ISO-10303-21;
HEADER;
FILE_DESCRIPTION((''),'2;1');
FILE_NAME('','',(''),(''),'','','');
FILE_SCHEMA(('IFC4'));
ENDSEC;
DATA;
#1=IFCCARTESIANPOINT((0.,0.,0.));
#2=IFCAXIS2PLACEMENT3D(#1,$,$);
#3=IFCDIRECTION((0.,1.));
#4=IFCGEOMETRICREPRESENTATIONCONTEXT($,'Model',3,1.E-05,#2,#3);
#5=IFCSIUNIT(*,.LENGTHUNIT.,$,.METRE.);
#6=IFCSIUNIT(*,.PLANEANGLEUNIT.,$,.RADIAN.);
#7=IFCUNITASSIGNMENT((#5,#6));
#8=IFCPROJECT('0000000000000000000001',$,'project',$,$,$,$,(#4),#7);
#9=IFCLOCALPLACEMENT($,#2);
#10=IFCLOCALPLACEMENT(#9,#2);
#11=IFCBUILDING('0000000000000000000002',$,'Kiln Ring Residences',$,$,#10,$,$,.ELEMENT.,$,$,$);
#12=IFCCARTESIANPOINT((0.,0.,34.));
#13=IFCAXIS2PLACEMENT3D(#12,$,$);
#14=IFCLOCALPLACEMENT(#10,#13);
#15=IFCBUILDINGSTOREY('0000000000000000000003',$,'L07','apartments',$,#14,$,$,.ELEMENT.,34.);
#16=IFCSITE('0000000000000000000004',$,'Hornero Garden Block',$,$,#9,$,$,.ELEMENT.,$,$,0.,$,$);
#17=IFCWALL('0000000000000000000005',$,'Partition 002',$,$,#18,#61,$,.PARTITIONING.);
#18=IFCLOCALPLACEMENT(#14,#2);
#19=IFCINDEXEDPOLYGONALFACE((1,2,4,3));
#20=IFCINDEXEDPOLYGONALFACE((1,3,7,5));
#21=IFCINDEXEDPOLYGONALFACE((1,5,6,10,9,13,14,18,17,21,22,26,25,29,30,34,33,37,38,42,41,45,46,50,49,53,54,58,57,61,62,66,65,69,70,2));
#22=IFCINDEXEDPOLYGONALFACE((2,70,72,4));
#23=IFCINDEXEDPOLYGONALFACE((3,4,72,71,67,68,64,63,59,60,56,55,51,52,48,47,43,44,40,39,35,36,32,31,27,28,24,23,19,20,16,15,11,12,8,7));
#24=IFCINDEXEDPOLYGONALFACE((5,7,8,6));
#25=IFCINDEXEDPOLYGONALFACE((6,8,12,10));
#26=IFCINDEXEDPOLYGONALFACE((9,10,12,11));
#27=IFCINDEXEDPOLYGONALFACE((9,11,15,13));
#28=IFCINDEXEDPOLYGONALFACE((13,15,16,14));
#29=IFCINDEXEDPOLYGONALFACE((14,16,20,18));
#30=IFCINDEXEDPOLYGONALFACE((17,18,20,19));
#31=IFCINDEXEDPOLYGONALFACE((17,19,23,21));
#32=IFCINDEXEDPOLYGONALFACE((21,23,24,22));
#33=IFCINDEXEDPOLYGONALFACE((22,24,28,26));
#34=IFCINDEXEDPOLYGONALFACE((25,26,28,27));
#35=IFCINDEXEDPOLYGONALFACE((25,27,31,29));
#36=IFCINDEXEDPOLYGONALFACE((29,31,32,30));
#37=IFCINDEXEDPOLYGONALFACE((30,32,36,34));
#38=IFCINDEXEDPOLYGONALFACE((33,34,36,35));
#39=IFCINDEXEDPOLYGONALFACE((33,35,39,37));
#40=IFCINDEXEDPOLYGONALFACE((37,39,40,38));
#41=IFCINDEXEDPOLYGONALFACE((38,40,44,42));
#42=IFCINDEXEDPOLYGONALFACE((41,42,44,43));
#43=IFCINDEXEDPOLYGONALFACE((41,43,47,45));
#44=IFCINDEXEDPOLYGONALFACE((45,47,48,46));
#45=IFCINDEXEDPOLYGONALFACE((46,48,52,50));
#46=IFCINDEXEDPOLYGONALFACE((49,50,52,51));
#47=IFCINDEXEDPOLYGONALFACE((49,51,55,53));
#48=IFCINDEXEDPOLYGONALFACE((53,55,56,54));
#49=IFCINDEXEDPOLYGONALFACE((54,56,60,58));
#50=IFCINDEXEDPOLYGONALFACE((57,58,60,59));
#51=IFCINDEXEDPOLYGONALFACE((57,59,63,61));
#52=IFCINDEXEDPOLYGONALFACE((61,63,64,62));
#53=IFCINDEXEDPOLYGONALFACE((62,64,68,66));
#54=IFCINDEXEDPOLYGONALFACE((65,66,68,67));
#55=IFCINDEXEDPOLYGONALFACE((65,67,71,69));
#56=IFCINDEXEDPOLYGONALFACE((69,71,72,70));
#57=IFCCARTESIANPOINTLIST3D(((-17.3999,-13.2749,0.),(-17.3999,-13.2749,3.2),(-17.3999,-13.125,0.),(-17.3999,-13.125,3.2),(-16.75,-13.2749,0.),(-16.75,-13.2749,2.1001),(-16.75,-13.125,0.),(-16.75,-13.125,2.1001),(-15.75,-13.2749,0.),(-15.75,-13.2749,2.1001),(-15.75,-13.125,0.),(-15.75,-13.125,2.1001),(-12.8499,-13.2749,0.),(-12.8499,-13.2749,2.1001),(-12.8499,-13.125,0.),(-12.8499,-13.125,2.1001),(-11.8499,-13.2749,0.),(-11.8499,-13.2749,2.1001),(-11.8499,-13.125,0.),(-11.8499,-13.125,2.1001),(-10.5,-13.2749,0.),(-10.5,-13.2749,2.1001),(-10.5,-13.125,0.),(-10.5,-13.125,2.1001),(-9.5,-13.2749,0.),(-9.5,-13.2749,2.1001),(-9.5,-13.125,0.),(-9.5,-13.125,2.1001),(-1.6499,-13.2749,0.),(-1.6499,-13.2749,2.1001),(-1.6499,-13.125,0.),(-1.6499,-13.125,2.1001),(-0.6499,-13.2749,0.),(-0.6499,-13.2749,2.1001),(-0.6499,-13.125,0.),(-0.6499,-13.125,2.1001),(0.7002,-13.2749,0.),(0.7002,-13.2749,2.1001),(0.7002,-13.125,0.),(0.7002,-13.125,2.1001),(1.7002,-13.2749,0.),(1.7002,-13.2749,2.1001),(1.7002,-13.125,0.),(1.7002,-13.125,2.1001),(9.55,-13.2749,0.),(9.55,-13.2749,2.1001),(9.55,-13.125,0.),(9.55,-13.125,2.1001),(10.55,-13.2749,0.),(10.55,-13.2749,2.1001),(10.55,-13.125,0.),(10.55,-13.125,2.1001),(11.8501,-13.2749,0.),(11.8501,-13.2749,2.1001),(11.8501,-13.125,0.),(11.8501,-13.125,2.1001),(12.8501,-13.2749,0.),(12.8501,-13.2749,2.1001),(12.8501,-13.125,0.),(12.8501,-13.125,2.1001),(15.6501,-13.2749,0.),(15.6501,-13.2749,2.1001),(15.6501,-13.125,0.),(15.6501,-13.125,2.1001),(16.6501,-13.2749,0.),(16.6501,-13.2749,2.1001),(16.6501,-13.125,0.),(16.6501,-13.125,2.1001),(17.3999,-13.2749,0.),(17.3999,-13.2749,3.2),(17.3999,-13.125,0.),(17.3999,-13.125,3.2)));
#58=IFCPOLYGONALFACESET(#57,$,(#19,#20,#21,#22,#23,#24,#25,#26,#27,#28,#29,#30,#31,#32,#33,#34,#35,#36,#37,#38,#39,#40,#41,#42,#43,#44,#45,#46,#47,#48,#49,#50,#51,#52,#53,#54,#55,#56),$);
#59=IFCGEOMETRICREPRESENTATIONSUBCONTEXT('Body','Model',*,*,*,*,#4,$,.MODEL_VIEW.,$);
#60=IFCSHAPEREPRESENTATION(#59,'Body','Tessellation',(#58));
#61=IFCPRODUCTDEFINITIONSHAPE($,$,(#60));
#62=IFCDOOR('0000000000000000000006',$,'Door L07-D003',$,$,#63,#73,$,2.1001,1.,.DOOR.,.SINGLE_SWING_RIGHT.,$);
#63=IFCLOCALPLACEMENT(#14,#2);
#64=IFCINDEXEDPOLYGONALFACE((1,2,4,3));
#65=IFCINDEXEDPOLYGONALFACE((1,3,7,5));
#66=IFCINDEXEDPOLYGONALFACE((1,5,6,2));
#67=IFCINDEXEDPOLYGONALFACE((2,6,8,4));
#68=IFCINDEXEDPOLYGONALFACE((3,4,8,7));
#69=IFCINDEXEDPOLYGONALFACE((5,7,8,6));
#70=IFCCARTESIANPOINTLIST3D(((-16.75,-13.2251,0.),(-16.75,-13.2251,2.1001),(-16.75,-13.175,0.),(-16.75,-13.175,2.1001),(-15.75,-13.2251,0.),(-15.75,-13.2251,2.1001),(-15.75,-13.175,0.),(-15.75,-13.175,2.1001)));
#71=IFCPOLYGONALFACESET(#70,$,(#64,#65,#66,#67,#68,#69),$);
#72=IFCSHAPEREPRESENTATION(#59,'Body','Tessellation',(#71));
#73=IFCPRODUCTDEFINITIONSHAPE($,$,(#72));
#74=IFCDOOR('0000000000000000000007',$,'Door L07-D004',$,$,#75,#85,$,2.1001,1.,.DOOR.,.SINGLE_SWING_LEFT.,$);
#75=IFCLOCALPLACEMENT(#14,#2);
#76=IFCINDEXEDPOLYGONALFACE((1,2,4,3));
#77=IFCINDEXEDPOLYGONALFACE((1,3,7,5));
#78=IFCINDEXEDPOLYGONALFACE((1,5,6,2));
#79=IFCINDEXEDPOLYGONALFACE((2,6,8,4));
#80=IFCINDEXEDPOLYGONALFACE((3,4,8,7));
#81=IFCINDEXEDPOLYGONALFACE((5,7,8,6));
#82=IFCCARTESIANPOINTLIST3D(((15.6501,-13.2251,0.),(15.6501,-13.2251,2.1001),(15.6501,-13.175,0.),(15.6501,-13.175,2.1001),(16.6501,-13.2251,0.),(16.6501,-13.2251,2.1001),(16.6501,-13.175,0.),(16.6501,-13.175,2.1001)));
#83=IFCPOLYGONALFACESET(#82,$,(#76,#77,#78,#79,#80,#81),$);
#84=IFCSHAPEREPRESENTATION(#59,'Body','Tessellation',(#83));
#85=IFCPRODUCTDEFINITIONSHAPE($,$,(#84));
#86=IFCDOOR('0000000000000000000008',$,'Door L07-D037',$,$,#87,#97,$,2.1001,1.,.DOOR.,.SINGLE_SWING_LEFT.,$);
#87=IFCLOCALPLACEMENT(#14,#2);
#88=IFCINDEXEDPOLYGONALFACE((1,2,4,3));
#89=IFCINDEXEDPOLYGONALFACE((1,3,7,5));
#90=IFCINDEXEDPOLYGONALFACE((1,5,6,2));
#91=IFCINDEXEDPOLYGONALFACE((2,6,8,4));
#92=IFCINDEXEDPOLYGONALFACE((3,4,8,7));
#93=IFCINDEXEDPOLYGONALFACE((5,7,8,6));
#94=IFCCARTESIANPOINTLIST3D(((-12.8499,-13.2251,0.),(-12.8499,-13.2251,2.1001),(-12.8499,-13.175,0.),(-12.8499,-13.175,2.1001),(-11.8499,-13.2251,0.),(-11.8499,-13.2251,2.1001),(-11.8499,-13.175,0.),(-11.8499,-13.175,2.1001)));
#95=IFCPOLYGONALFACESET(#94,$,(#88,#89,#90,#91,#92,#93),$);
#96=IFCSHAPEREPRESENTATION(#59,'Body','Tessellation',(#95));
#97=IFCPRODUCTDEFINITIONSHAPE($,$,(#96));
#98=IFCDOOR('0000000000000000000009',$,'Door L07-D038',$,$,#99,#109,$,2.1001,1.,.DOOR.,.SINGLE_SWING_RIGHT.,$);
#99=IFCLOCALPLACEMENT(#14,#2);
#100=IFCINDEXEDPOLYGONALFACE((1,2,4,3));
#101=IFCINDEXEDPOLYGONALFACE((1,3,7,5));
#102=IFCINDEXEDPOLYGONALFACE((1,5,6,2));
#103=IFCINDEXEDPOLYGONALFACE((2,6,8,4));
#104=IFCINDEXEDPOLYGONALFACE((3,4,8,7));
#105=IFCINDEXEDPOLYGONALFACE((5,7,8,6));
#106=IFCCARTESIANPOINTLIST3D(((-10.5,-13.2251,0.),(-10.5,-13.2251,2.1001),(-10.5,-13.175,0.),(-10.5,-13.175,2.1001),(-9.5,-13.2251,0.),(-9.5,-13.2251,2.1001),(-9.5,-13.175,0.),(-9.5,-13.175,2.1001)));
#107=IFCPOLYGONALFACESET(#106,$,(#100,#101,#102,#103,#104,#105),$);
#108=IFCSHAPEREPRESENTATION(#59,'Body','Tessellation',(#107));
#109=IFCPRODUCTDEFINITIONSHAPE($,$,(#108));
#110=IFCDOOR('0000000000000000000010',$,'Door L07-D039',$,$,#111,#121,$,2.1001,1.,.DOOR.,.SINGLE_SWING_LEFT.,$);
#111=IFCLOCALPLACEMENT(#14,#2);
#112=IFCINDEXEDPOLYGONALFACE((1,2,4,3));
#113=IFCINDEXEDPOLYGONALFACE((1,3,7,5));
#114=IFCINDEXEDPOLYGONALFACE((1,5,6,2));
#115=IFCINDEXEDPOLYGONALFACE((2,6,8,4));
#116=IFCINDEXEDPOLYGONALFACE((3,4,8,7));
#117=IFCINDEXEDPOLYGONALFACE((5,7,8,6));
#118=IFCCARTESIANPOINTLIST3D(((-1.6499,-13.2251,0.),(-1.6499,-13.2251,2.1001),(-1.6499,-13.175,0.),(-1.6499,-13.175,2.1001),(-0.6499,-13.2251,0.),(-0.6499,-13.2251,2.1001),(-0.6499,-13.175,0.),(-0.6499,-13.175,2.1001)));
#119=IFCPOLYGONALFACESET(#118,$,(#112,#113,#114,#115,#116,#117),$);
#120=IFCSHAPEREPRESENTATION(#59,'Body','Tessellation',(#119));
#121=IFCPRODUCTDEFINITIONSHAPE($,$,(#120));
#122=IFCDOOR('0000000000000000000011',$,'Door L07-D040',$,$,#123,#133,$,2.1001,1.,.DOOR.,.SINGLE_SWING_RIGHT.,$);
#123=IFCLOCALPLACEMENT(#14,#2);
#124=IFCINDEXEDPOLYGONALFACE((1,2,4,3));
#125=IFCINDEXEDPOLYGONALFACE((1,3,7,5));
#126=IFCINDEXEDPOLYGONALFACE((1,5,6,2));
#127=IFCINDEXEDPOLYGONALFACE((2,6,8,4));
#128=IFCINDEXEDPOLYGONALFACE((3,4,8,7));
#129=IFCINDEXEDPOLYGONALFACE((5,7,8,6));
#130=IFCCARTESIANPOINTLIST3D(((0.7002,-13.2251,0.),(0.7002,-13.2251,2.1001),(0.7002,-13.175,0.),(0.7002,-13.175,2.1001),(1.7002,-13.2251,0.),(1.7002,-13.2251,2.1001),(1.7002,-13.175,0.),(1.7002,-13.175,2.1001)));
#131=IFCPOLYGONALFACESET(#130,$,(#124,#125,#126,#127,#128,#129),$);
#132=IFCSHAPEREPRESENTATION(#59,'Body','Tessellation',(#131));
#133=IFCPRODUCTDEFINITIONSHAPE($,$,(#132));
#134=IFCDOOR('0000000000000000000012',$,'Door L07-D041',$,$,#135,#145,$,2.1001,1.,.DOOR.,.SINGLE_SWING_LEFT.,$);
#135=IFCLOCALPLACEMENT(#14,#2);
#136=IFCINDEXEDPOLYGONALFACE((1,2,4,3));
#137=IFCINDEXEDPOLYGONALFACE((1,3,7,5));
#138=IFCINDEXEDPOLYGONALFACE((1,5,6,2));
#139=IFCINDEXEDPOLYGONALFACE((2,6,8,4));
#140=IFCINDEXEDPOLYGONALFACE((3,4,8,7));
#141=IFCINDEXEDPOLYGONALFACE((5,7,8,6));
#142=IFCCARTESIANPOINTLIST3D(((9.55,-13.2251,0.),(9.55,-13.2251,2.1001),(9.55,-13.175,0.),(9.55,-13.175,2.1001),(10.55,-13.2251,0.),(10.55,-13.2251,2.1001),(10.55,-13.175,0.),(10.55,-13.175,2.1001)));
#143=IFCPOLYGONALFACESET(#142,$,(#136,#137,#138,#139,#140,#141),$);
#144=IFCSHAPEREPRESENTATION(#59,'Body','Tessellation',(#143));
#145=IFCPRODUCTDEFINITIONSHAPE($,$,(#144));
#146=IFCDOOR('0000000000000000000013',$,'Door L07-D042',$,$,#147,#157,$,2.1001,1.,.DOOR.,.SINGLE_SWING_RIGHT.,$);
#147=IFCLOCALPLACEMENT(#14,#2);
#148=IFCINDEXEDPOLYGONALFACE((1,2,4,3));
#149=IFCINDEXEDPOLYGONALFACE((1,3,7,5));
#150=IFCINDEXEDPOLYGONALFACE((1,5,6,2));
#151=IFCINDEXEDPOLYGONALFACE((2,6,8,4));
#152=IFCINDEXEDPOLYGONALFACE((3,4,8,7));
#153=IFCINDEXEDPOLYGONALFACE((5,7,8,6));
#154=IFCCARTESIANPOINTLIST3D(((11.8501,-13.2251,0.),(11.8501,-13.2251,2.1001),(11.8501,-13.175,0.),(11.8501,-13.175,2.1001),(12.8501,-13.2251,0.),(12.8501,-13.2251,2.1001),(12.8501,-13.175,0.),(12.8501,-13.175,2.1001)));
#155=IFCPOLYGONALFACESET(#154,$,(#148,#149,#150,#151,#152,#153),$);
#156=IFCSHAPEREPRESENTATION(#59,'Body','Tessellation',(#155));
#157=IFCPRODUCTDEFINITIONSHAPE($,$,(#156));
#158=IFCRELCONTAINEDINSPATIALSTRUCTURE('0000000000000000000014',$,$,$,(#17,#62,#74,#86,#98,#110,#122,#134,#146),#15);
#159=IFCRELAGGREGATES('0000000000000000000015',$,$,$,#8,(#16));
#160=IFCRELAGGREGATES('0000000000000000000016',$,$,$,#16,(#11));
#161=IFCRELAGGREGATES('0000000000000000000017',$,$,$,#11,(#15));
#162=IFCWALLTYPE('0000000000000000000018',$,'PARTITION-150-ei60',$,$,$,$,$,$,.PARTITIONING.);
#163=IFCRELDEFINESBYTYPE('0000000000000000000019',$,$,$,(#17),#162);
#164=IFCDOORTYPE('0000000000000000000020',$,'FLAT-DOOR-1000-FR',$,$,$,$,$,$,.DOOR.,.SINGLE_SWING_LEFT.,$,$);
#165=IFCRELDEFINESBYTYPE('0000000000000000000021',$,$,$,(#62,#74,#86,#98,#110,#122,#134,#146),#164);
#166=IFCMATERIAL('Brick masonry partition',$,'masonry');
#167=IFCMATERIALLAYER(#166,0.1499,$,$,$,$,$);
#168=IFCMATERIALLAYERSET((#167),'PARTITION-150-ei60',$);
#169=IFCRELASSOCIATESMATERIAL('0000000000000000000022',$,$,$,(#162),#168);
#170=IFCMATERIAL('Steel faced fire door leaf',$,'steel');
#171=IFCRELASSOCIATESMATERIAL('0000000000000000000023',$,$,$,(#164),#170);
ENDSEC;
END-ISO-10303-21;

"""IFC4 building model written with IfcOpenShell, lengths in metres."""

from ifc_helpers import new_model, si_unit, direction, frame, frame_2d, origin, place, context, subcontext, project, spatial, rectangle, extrude, material, layer, layer_set, type_object, element, fill, save


model = new_model("IFC4")

# Units and contexts
model_context = context("Model", 3, precision=1e-05, world=origin(), true_north=direction((0.0, 1.0)))
body_context = subcontext(model_context, "Body", "Model", "MODEL_VIEW")
ifc_project = project(units=[si_unit("LENGTHUNIT", "METRE"), si_unit("PLANEANGLEUNIT", "RADIAN")], contexts=[model_context])

# Site, building, storey
site_placement = place(None, origin())
site = spatial("IfcSite", under=ifc_project, at=site_placement, Name="Hornero Garden Block", CompositionType="ELEMENT", RefElevation=0.0)
building_placement = place(site_placement, origin())
building = spatial("IfcBuilding", under=site, at=building_placement, Name="Kiln Ring Residences", CompositionType="ELEMENT")
storey_placement = place(building_placement, frame((0.0, 0.0, 34.0)))
storey = spatial("IfcBuildingStorey", under=building, at=storey_placement, Name="L07", Description="apartments", CompositionType="ELEMENT", Elevation=34.0)

# Wall, openings, doors
ifc_material_1 = material(Name="Brick masonry partition", Category="masonry")
ifc_layer_1 = layer(ifc_material_1, 0.1499)
ifc_layer_set_1 = layer_set([ifc_layer_1], Name="PARTITION-150-ei60")
wall_type_1 = type_object("IfcWallType", Name="PARTITION-150-ei60", PredefinedType="PARTITIONING", material=ifc_layer_set_1)
wall_1_placement = place(storey_placement, frame((-17.3999, -13.2, 0.0), z_axis=(0.0, 0.0, 1.0), x_axis=(1.0, 0.0, 0.0)))
wall_1 = element("IfcWall", 1, at=wall_1_placement, inside=storey, type_object=wall_type_1, Name="Partition 002", PredefinedType="PARTITIONING", context=body_context, shape_type="SweptSolid", body=[
    extrude(rectangle(XDim=34.7998, YDim=0.1499, at=frame_2d((17.3999, 0.0))), origin(), (0.0, 0.0, 1.0), 3.2),
])
opening_1_placement = place(wall_1_placement, frame((0.6499, 0.0, 0.0)))
opening_1 = element("IfcOpeningElement", 2, at=opening_1_placement, cuts=wall_1, PredefinedType="OPENING", context=body_context, shape_type="SweptSolid", body=[
    extrude(rectangle(XDim=1.0, YDim=2.1001, at=frame_2d((0.5, 1.05))), frame((0.0, 0.085, 0.0), z_axis=(0.0, -1.0, 0.0), x_axis=(1.0, 0.0, 0.0)), (0.0, 0.0, 1.0), 0.1699),
])
opening_2_placement = place(wall_1_placement, frame((33.05, 0.0, 0.0)))
opening_2 = element("IfcOpeningElement", 3, at=opening_2_placement, cuts=wall_1, PredefinedType="OPENING", context=body_context, shape_type="SweptSolid", body=[
    extrude(rectangle(XDim=1.0, YDim=2.1001, at=frame_2d((0.5, 1.05))), frame((0.0, 0.085, 0.0), z_axis=(0.0, -1.0, 0.0), x_axis=(1.0, 0.0, 0.0)), (0.0, 0.0, 1.0), 0.1699),
])
opening_3_placement = place(wall_1_placement, frame((4.55, 0.0, 0.0)))
opening_3 = element("IfcOpeningElement", 4, at=opening_3_placement, cuts=wall_1, PredefinedType="OPENING", context=body_context, shape_type="SweptSolid", body=[
    extrude(rectangle(XDim=1.0, YDim=2.1001, at=frame_2d((0.5, 1.05))), frame((0.0, 0.085, 0.0), z_axis=(0.0, -1.0, 0.0), x_axis=(1.0, 0.0, 0.0)), (0.0, 0.0, 1.0), 0.1699),
])
opening_4_placement = place(wall_1_placement, frame((6.8999, 0.0, 0.0)))
opening_4 = element("IfcOpeningElement", 5, at=opening_4_placement, cuts=wall_1, PredefinedType="OPENING", context=body_context, shape_type="SweptSolid", body=[
    extrude(rectangle(XDim=1.0, YDim=2.1001, at=frame_2d((0.5, 1.05))), frame((0.0, 0.085, 0.0), z_axis=(0.0, -1.0, 0.0), x_axis=(1.0, 0.0, 0.0)), (0.0, 0.0, 1.0), 0.1699),
])
opening_5_placement = place(wall_1_placement, frame((15.75, 0.0, 0.0)))
opening_5 = element("IfcOpeningElement", 6, at=opening_5_placement, cuts=wall_1, PredefinedType="OPENING", context=body_context, shape_type="SweptSolid", body=[
    extrude(rectangle(XDim=1.0, YDim=2.1001, at=frame_2d((0.5, 1.05))), frame((0.0, 0.085, 0.0), z_axis=(0.0, -1.0, 0.0), x_axis=(1.0, 0.0, 0.0)), (0.0, 0.0, 1.0), 0.1699),
])
opening_6_placement = place(wall_1_placement, frame((18.1001, 0.0, 0.0)))
opening_6 = element("IfcOpeningElement", 7, at=opening_6_placement, cuts=wall_1, PredefinedType="OPENING", context=body_context, shape_type="SweptSolid", body=[
    extrude(rectangle(XDim=1.0, YDim=2.1001, at=frame_2d((0.5, 1.05))), frame((0.0, 0.085, 0.0), z_axis=(0.0, -1.0, 0.0), x_axis=(1.0, 0.0, 0.0)), (0.0, 0.0, 1.0), 0.1699),
])
opening_7_placement = place(wall_1_placement, frame((26.95, 0.0, 0.0)))
opening_7 = element("IfcOpeningElement", 8, at=opening_7_placement, cuts=wall_1, PredefinedType="OPENING", context=body_context, shape_type="SweptSolid", body=[
    extrude(rectangle(XDim=1.0, YDim=2.1001, at=frame_2d((0.5, 1.05))), frame((0.0, 0.085, 0.0), z_axis=(0.0, -1.0, 0.0), x_axis=(1.0, 0.0, 0.0)), (0.0, 0.0, 1.0), 0.1699),
])
opening_8_placement = place(wall_1_placement, frame((29.25, 0.0, 0.0)))
opening_8 = element("IfcOpeningElement", 9, at=opening_8_placement, cuts=wall_1, PredefinedType="OPENING", context=body_context, shape_type="SweptSolid", body=[
    extrude(rectangle(XDim=1.0, YDim=2.1001, at=frame_2d((0.5, 1.05))), frame((0.0, 0.085, 0.0), z_axis=(0.0, -1.0, 0.0), x_axis=(1.0, 0.0, 0.0)), (0.0, 0.0, 1.0), 0.1699),
])
ifc_material_2 = material(Name="Steel faced fire door leaf", Category="steel")
door_type_1 = type_object("IfcDoorType", Name="FLAT-DOOR-1000-FR", OperationType="SINGLE_SWING_LEFT", PredefinedType="DOOR", material=ifc_material_2)
door_1_placement = place(opening_1_placement, origin())
door_1 = element("IfcDoor", 10, at=door_1_placement, inside=storey, type_object=door_type_1, Name="Door L07-D003", OperationType="SINGLE_SWING_RIGHT", OverallHeight=2.1001, OverallWidth=1.0, PredefinedType="DOOR", context=body_context, shape_type="SweptSolid", body=[
    extrude(rectangle(XDim=1.0, YDim=2.1001, at=frame_2d((0.5, 1.05))), frame((0.0, 0.0249, 0.0), z_axis=(0.0, -1.0, 0.0), x_axis=(1.0, 0.0, 0.0)), (0.0, 0.0, 1.0), 0.05),
])
fill(opening_1, door_1)
door_2_placement = place(opening_2_placement, origin())
door_2 = element("IfcDoor", 11, at=door_2_placement, inside=storey, type_object=door_type_1, Name="Door L07-D004", OperationType="SINGLE_SWING_LEFT", OverallHeight=2.1001, OverallWidth=1.0, PredefinedType="DOOR", context=body_context, shape_type="SweptSolid", body=[
    extrude(rectangle(XDim=1.0, YDim=2.1001, at=frame_2d((0.5, 1.05))), frame((0.0, 0.0249, 0.0), z_axis=(0.0, -1.0, 0.0), x_axis=(1.0, 0.0, 0.0)), (0.0, 0.0, 1.0), 0.05),
])
fill(opening_2, door_2)
door_3_placement = place(opening_3_placement, origin())
door_3 = element("IfcDoor", 12, at=door_3_placement, inside=storey, type_object=door_type_1, Name="Door L07-D037", OperationType="SINGLE_SWING_LEFT", OverallHeight=2.1001, OverallWidth=1.0, PredefinedType="DOOR", context=body_context, shape_type="SweptSolid", body=[
    extrude(rectangle(XDim=1.0, YDim=2.1001, at=frame_2d((0.5, 1.05))), frame((0.0, 0.0249, 0.0), z_axis=(0.0, -1.0, 0.0), x_axis=(1.0, 0.0, 0.0)), (0.0, 0.0, 1.0), 0.05),
])
fill(opening_3, door_3)
door_4_placement = place(opening_4_placement, origin())
door_4 = element("IfcDoor", 13, at=door_4_placement, inside=storey, type_object=door_type_1, Name="Door L07-D038", OperationType="SINGLE_SWING_RIGHT", OverallHeight=2.1001, OverallWidth=1.0, PredefinedType="DOOR", context=body_context, shape_type="SweptSolid", body=[
    extrude(rectangle(XDim=1.0, YDim=2.1001, at=frame_2d((0.5, 1.05))), frame((0.0, 0.0249, 0.0), z_axis=(0.0, -1.0, 0.0), x_axis=(1.0, 0.0, 0.0)), (0.0, 0.0, 1.0), 0.05),
])
fill(opening_4, door_4)
door_5_placement = place(opening_5_placement, origin())
door_5 = element("IfcDoor", 14, at=door_5_placement, inside=storey, type_object=door_type_1, Name="Door L07-D039", OperationType="SINGLE_SWING_LEFT", OverallHeight=2.1001, OverallWidth=1.0, PredefinedType="DOOR", context=body_context, shape_type="SweptSolid", body=[
    extrude(rectangle(XDim=1.0, YDim=2.1001, at=frame_2d((0.5, 1.05))), frame((0.0, 0.0249, 0.0), z_axis=(0.0, -1.0, 0.0), x_axis=(1.0, 0.0, 0.0)), (0.0, 0.0, 1.0), 0.05),
])
fill(opening_5, door_5)
door_6_placement = place(opening_6_placement, origin())
door_6 = element("IfcDoor", 15, at=door_6_placement, inside=storey, type_object=door_type_1, Name="Door L07-D040", OperationType="SINGLE_SWING_RIGHT", OverallHeight=2.1001, OverallWidth=1.0, PredefinedType="DOOR", context=body_context, shape_type="SweptSolid", body=[
    extrude(rectangle(XDim=1.0, YDim=2.1001, at=frame_2d((0.5, 1.05))), frame((0.0, 0.0249, 0.0), z_axis=(0.0, -1.0, 0.0), x_axis=(1.0, 0.0, 0.0)), (0.0, 0.0, 1.0), 0.05),
])
fill(opening_6, door_6)
door_7_placement = place(opening_7_placement, origin())
door_7 = element("IfcDoor", 16, at=door_7_placement, inside=storey, type_object=door_type_1, Name="Door L07-D041", OperationType="SINGLE_SWING_LEFT", OverallHeight=2.1001, OverallWidth=1.0, PredefinedType="DOOR", context=body_context, shape_type="SweptSolid", body=[
    extrude(rectangle(XDim=1.0, YDim=2.1001, at=frame_2d((0.5, 1.05))), frame((0.0, 0.0249, 0.0), z_axis=(0.0, -1.0, 0.0), x_axis=(1.0, 0.0, 0.0)), (0.0, 0.0, 1.0), 0.05),
])
fill(opening_7, door_7)
door_8_placement = place(opening_8_placement, origin())
door_8 = element("IfcDoor", 17, at=door_8_placement, inside=storey, type_object=door_type_1, Name="Door L07-D042", OperationType="SINGLE_SWING_RIGHT", OverallHeight=2.1001, OverallWidth=1.0, PredefinedType="DOOR", context=body_context, shape_type="SweptSolid", body=[
    extrude(rectangle(XDim=1.0, YDim=2.1001, at=frame_2d((0.5, 1.05))), frame((0.0, 0.0249, 0.0), z_axis=(0.0, -1.0, 0.0), x_axis=(1.0, 0.0, 0.0)), (0.0, 0.0, 1.0), 0.05),
])
fill(opening_8, door_8)

save(model, "model.ifc")
